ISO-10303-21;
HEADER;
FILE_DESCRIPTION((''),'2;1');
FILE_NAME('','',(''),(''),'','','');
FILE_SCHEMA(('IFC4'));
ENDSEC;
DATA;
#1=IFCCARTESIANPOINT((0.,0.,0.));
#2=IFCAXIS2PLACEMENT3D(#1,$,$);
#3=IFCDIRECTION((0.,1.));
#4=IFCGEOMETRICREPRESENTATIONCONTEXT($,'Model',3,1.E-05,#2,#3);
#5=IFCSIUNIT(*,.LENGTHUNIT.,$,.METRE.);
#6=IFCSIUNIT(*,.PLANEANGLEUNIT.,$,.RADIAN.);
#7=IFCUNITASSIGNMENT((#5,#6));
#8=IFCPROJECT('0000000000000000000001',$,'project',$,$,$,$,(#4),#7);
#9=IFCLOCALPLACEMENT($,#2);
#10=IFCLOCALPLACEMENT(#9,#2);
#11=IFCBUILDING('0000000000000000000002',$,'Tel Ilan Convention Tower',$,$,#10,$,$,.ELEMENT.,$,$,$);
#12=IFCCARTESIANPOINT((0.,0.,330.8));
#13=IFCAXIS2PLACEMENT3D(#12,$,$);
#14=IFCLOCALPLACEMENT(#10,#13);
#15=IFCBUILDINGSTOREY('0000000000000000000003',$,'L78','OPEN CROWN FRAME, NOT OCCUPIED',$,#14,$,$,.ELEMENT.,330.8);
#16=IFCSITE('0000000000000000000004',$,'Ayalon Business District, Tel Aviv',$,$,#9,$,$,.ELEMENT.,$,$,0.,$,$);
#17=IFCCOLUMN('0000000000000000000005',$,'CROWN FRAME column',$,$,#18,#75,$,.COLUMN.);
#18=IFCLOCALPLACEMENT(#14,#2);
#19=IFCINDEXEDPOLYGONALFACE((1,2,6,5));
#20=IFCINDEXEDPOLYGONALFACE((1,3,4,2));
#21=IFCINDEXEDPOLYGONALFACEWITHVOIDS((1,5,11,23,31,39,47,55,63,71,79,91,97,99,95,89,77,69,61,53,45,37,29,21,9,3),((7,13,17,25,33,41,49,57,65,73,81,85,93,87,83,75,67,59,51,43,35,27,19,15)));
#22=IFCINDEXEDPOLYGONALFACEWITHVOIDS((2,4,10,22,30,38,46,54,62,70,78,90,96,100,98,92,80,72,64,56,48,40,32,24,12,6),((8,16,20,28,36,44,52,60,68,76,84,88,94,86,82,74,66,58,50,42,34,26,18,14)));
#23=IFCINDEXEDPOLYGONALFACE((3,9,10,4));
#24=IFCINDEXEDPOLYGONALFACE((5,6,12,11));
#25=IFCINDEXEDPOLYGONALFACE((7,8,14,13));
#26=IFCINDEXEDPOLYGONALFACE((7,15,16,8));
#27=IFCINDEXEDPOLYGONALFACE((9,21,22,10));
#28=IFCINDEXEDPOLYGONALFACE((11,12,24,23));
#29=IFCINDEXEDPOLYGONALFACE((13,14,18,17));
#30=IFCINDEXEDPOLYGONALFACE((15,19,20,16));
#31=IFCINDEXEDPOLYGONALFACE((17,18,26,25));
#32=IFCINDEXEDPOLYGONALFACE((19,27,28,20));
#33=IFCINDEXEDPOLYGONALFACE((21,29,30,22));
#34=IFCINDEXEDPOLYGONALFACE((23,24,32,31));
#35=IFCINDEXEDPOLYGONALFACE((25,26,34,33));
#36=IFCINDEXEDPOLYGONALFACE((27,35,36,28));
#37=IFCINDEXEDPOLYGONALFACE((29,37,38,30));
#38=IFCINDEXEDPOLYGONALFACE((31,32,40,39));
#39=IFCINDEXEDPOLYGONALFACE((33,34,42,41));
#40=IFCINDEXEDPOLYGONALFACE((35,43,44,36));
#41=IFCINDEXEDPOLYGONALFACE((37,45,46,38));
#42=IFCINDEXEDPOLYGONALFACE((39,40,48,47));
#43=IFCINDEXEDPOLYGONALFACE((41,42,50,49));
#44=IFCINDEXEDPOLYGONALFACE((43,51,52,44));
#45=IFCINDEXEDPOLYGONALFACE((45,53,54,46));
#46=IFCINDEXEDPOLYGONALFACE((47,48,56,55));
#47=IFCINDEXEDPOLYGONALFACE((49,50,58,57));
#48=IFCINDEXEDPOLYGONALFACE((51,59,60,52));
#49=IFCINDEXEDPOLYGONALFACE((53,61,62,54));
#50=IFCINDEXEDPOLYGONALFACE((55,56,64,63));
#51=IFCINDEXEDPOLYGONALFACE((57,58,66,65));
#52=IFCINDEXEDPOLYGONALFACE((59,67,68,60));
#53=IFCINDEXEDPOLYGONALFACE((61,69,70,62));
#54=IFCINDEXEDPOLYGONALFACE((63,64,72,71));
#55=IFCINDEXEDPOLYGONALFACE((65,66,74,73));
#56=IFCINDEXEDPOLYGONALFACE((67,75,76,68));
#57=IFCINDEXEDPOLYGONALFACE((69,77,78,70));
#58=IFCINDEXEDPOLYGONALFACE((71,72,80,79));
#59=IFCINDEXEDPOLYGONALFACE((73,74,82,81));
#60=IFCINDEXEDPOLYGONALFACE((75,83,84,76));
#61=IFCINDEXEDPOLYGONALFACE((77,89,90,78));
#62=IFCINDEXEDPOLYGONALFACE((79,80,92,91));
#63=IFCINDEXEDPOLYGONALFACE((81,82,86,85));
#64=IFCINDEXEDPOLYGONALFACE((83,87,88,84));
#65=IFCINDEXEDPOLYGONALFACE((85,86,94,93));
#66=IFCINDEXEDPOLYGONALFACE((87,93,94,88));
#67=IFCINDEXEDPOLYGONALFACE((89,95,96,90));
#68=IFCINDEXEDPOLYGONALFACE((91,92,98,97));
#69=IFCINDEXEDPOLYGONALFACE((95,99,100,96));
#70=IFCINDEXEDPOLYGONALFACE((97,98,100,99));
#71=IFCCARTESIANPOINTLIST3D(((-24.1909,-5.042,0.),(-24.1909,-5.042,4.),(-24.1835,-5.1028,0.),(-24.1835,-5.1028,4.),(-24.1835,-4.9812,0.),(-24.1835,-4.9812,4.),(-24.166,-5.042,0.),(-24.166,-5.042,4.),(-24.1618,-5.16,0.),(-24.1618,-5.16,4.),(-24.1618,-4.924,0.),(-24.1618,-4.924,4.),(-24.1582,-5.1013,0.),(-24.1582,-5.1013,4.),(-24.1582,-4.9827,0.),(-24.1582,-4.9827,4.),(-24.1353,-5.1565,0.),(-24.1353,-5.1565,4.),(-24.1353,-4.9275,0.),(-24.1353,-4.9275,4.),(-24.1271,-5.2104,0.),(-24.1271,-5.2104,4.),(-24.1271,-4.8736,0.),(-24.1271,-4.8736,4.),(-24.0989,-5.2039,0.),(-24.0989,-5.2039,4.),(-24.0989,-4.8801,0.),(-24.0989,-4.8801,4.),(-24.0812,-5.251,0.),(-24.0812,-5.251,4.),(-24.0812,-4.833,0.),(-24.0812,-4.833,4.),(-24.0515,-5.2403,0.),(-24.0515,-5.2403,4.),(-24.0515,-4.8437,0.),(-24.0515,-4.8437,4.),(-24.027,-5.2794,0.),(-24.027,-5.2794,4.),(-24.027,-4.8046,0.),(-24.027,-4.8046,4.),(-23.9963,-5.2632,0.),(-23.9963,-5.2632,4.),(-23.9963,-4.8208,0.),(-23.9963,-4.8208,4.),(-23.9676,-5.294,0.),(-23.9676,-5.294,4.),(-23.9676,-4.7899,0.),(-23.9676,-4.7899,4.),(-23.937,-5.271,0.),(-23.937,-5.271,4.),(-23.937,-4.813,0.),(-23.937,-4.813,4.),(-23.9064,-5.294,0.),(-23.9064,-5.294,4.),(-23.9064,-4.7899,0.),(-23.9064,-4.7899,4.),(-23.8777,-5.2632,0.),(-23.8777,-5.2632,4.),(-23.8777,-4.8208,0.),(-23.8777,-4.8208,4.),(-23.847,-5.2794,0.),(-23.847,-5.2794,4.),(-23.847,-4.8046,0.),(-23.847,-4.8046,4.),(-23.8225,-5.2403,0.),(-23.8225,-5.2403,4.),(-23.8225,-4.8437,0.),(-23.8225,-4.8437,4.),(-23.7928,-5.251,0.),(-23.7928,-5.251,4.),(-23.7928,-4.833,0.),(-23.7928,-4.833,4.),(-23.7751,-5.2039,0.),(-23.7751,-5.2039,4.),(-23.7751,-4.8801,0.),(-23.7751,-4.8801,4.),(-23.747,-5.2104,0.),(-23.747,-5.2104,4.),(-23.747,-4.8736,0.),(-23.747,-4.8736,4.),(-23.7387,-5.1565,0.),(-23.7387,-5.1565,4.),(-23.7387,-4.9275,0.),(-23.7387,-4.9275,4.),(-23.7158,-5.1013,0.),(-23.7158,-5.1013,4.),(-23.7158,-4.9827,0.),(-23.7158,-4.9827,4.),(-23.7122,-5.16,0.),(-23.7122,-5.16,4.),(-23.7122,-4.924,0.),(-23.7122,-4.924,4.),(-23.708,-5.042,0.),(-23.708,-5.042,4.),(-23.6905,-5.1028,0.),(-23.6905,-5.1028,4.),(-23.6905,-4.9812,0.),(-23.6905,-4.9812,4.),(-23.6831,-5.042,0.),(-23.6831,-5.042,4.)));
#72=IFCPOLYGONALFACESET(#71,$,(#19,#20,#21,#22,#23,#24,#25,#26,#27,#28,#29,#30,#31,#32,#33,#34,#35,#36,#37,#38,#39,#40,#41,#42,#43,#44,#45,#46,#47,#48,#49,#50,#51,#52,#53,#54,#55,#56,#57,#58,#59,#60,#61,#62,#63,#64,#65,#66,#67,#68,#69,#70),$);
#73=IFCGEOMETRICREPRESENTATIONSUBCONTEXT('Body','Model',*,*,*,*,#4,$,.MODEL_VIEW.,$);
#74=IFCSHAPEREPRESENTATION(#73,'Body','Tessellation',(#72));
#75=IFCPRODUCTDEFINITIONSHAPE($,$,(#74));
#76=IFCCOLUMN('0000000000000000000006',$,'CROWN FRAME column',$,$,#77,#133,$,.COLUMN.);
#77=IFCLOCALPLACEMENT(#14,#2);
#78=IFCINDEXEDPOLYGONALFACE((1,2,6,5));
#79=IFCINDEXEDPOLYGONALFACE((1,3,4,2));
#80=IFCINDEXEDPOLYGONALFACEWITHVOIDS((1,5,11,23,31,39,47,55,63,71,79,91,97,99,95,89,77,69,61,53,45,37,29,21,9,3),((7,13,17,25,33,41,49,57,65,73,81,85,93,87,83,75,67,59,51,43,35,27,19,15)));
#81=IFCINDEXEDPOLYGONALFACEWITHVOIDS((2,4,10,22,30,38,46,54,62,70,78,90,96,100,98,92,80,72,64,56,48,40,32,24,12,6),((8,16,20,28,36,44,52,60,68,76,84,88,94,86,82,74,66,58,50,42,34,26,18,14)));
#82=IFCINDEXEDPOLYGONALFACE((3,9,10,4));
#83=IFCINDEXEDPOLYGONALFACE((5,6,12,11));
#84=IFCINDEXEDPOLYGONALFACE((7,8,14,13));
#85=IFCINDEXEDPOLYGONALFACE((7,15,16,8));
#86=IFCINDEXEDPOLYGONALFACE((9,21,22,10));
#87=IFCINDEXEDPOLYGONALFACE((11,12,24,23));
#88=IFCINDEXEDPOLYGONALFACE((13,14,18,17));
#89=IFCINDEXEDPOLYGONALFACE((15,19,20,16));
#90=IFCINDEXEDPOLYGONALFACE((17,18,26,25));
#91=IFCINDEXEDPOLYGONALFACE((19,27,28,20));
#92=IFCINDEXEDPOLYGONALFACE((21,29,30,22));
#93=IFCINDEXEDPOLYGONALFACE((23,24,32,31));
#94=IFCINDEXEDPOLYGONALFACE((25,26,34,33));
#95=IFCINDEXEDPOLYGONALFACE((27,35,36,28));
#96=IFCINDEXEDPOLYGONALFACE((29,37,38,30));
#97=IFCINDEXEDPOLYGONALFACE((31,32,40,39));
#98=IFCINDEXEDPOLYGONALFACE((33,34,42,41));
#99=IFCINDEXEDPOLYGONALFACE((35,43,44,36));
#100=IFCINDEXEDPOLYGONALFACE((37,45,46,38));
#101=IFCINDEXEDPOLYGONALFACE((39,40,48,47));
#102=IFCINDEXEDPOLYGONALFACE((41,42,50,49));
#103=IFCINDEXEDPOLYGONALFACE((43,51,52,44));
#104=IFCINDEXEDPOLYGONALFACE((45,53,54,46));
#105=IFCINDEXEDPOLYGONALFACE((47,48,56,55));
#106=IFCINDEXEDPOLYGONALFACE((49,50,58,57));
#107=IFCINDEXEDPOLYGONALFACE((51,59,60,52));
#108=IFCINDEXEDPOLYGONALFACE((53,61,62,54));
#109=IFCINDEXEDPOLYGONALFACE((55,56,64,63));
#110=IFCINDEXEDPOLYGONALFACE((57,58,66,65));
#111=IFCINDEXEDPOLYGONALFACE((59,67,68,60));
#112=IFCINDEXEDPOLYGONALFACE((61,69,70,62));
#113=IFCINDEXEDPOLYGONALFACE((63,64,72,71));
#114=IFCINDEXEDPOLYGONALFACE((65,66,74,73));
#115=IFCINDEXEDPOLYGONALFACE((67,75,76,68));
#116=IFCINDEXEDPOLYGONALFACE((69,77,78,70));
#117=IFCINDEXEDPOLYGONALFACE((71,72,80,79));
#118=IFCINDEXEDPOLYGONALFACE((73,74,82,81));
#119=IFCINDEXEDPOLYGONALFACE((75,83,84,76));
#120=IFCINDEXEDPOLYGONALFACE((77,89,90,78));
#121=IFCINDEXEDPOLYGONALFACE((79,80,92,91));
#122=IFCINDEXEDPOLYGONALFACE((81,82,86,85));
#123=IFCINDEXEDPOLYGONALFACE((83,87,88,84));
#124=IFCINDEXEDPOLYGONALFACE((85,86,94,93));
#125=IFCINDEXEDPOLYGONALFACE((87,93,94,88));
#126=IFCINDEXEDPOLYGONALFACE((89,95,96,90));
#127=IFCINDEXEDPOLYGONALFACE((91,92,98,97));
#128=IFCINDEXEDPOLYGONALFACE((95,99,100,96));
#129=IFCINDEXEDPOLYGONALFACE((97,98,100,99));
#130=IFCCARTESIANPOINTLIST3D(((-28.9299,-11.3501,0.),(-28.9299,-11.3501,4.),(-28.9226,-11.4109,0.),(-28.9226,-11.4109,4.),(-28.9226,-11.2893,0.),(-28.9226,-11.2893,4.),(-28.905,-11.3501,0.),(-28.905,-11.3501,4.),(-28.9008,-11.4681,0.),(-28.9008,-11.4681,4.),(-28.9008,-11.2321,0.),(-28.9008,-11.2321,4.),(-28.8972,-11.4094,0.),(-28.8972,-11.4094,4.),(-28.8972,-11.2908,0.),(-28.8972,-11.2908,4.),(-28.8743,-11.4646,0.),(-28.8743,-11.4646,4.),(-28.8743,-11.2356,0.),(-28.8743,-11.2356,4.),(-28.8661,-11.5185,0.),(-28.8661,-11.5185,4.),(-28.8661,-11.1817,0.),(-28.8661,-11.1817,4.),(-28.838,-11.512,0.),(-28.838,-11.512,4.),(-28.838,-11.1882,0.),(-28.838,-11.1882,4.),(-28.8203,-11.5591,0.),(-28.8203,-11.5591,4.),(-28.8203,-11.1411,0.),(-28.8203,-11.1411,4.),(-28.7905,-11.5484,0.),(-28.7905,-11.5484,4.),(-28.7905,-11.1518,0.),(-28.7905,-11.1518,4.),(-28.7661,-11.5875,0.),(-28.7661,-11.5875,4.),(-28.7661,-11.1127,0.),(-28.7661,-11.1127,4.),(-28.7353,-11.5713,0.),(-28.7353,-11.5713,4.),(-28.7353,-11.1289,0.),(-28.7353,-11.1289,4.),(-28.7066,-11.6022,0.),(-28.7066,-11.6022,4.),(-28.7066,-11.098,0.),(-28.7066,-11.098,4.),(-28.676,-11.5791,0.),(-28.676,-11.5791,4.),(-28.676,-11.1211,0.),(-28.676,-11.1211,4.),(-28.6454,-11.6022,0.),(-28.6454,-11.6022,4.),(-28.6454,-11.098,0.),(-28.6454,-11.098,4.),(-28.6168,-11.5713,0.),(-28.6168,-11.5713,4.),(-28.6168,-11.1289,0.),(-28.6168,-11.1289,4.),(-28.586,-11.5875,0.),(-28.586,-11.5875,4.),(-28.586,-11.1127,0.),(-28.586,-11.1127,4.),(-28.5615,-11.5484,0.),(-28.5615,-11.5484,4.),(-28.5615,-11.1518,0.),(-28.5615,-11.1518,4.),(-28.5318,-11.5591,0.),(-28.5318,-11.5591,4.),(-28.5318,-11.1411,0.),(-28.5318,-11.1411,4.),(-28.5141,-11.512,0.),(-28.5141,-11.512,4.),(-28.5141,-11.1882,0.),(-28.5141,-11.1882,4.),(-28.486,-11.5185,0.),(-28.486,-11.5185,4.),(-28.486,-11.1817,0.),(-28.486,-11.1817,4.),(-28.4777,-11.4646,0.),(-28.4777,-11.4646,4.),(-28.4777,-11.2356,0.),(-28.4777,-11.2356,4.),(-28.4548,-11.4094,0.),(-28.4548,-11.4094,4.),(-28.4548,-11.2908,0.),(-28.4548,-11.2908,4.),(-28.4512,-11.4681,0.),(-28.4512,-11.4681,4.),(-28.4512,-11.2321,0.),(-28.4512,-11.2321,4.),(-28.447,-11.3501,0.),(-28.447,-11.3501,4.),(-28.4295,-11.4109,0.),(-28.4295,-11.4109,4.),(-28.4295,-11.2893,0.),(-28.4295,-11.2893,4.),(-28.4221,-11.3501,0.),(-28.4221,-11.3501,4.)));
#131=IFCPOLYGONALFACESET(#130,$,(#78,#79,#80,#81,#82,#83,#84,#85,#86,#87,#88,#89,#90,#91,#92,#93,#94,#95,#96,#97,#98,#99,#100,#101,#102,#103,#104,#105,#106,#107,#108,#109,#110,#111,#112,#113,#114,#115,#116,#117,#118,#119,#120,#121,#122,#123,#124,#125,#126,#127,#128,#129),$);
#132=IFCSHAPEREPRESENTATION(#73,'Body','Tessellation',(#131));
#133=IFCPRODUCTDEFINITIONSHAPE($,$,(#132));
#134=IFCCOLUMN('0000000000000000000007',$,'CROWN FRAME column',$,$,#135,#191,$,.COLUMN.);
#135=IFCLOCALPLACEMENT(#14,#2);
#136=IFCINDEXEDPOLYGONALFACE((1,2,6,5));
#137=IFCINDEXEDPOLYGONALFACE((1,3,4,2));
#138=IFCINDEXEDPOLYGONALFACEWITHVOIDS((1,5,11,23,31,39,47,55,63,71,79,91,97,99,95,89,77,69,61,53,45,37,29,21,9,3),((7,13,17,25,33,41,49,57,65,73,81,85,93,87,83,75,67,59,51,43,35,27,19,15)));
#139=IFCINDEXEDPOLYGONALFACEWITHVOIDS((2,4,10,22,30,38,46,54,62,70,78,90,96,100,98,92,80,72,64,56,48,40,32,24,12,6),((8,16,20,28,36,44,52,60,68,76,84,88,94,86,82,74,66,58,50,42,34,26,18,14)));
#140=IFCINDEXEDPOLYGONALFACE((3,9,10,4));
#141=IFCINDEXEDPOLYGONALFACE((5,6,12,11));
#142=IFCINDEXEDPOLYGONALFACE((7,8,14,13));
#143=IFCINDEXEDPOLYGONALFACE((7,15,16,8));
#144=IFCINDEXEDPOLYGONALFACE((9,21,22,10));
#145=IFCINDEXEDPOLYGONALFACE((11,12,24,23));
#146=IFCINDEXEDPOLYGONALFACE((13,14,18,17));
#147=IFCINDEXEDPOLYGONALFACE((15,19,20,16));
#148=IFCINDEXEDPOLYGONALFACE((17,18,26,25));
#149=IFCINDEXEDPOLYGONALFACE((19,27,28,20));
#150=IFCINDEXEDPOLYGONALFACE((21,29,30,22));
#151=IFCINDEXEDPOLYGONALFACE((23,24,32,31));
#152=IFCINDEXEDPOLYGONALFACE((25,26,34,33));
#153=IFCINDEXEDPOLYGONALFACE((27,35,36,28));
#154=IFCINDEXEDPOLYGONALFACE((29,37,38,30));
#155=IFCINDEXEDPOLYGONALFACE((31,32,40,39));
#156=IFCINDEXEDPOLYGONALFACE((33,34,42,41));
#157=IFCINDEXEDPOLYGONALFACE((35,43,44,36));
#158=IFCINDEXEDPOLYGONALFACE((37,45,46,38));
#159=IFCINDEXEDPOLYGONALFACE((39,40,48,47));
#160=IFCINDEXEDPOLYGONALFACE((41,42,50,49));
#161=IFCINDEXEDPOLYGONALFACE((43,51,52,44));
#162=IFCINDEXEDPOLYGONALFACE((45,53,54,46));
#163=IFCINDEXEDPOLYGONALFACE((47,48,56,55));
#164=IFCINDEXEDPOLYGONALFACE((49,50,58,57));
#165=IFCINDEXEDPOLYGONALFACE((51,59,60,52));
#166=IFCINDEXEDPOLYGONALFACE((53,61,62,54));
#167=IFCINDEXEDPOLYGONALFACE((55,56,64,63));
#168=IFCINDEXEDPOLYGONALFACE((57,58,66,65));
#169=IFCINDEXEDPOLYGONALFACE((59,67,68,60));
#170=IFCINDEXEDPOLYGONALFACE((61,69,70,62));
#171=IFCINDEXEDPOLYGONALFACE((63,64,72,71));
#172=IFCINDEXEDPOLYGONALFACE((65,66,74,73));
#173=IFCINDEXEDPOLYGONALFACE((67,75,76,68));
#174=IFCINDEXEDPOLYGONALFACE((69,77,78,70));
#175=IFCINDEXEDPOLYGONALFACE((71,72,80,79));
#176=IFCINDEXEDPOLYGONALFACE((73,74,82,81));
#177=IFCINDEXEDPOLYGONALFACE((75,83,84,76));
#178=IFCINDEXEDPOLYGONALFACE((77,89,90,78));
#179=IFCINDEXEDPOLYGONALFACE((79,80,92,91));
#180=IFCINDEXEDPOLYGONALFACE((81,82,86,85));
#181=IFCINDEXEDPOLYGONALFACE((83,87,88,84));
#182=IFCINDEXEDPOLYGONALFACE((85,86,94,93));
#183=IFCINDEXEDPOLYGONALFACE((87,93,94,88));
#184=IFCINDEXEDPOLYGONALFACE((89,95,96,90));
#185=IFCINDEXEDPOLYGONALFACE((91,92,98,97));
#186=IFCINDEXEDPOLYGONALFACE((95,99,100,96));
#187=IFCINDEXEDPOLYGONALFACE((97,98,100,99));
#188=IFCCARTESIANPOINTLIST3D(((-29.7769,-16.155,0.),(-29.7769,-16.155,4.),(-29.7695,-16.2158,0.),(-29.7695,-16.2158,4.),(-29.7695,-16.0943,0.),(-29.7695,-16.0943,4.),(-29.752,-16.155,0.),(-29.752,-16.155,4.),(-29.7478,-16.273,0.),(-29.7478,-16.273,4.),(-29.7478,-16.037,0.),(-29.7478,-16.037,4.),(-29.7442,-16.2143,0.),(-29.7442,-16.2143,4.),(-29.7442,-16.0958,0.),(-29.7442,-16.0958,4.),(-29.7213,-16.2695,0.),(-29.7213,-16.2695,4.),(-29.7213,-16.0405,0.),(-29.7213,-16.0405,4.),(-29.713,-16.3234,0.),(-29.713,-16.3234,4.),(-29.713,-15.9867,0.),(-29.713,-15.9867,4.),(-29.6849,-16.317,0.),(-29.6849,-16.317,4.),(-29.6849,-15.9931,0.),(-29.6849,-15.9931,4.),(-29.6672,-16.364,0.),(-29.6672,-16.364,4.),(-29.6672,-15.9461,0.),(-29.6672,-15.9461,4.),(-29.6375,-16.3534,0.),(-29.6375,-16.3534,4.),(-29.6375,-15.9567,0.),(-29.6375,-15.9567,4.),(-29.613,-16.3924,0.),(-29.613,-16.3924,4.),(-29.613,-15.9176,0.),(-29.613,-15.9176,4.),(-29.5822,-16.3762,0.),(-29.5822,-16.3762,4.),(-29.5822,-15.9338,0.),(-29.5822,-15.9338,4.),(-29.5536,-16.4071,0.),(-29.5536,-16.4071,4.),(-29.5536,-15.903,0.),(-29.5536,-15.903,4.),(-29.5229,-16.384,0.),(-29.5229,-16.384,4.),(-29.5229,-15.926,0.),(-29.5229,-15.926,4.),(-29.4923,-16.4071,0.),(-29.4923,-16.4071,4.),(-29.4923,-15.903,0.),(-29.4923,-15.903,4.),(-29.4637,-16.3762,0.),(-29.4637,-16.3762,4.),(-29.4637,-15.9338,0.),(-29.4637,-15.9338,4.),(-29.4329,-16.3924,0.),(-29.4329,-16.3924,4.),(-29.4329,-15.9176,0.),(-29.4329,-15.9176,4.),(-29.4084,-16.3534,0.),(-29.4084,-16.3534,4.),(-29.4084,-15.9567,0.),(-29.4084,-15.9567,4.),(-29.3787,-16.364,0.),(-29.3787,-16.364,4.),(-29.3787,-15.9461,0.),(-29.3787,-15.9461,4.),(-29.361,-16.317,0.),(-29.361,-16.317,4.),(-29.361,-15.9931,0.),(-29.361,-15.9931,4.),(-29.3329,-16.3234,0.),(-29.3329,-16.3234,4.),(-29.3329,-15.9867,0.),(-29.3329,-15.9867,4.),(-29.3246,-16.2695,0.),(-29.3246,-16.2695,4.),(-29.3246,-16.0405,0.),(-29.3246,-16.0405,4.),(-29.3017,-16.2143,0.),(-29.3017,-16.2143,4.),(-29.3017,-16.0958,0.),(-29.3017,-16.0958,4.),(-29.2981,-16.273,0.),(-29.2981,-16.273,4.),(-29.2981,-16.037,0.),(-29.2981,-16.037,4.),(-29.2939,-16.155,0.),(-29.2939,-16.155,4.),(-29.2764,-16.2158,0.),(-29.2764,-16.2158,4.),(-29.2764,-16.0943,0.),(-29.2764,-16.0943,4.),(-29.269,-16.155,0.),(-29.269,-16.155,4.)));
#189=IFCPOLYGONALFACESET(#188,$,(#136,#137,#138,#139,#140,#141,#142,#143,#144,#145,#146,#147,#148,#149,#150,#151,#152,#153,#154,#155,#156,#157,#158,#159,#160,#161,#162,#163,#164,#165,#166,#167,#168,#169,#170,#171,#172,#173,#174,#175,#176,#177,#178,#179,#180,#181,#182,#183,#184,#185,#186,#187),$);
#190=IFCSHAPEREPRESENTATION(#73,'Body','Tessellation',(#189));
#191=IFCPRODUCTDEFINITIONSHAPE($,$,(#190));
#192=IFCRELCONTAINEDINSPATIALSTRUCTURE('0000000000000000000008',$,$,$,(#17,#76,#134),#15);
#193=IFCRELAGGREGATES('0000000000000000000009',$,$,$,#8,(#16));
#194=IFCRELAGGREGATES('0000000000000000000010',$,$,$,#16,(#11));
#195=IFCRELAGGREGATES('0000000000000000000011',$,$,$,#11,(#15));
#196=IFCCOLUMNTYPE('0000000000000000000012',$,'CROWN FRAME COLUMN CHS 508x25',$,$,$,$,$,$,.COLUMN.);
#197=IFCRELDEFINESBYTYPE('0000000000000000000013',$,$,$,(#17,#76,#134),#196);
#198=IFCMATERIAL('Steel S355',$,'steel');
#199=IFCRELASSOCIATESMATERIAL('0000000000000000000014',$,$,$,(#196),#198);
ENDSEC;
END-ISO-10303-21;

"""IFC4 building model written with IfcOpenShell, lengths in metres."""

from ifc_helpers import new_model, si_unit, direction, frame, origin, origin_2d, place, context, subcontext, project, spatial, hollow_circle, extrude, material, material_profile, profile_set, type_object, element, save


model = new_model("IFC4")

# Units and contexts
model_context = context("Model", 3, precision=1e-05, world=origin(), true_north=direction((0.0, 1.0)))
body_context = subcontext(model_context, "Body", "Model", "MODEL_VIEW")
ifc_project = project(units=[si_unit("LENGTHUNIT", "METRE"), si_unit("PLANEANGLEUNIT", "RADIAN")], contexts=[model_context])

# Site, building, storey
site_placement = place(None, origin())
site = spatial("IfcSite", under=ifc_project, at=site_placement, Name="Ayalon Business District, Tel Aviv", CompositionType="ELEMENT", RefElevation=0.0)
building_placement = place(site_placement, origin())
building = spatial("IfcBuilding", under=site, at=building_placement, Name="Tel Ilan Convention Tower", CompositionType="ELEMENT")
storey_placement = place(building_placement, frame((0.0, 0.0, 330.8)))
storey = spatial("IfcBuildingStorey", under=building, at=storey_placement, Name="L78", Description="OPEN CROWN FRAME, NOT OCCUPIED", CompositionType="ELEMENT", Elevation=330.8)

# Columns
ifc_material_1 = material(Name="Steel S355", Category="steel")
ifc_material_profile_1 = material_profile(ifc_material_1, hollow_circle(Radius=0.2539, WallThickness=0.0249, at=origin_2d()), Name="CHS 508x25")
ifc_profile_set_1 = profile_set([ifc_material_profile_1], Name="Steel S355")
column_type = type_object("IfcColumnType", Name="CROWN FRAME COLUMN CHS 508x25", PredefinedType="COLUMN", material=ifc_profile_set_1)
for number, where, z_axis, x_axis, name in (
    (1, (-23.937, -5.042, 0.0), (0.0, 0.0, 1.0), (1.0, 0.0, 0.0), "CROWN FRAME column"),
    (2, (-28.676, -11.3501, 0.0), (0.0, 0.0, 1.0), (1.0, 0.0, 0.0), "CROWN FRAME column"),
    (3, (-29.5229, -16.155, 0.0), (0.0, 0.0, 1.0), (1.0, 0.0, 0.0), "CROWN FRAME column"),
):
    element("IfcColumn", number, at=place(storey_placement, frame(where, z_axis=z_axis, x_axis=x_axis)), inside=storey, type_object=column_type, Name=name, PredefinedType="COLUMN", context=body_context, shape_type="SweptSolid", body=[
        extrude(hollow_circle(Radius=0.2539, WallThickness=0.0249, at=origin_2d()), origin(), (0.0, 0.0, 1.0), 4.0),
    ])

save(model, "model.ifc")
